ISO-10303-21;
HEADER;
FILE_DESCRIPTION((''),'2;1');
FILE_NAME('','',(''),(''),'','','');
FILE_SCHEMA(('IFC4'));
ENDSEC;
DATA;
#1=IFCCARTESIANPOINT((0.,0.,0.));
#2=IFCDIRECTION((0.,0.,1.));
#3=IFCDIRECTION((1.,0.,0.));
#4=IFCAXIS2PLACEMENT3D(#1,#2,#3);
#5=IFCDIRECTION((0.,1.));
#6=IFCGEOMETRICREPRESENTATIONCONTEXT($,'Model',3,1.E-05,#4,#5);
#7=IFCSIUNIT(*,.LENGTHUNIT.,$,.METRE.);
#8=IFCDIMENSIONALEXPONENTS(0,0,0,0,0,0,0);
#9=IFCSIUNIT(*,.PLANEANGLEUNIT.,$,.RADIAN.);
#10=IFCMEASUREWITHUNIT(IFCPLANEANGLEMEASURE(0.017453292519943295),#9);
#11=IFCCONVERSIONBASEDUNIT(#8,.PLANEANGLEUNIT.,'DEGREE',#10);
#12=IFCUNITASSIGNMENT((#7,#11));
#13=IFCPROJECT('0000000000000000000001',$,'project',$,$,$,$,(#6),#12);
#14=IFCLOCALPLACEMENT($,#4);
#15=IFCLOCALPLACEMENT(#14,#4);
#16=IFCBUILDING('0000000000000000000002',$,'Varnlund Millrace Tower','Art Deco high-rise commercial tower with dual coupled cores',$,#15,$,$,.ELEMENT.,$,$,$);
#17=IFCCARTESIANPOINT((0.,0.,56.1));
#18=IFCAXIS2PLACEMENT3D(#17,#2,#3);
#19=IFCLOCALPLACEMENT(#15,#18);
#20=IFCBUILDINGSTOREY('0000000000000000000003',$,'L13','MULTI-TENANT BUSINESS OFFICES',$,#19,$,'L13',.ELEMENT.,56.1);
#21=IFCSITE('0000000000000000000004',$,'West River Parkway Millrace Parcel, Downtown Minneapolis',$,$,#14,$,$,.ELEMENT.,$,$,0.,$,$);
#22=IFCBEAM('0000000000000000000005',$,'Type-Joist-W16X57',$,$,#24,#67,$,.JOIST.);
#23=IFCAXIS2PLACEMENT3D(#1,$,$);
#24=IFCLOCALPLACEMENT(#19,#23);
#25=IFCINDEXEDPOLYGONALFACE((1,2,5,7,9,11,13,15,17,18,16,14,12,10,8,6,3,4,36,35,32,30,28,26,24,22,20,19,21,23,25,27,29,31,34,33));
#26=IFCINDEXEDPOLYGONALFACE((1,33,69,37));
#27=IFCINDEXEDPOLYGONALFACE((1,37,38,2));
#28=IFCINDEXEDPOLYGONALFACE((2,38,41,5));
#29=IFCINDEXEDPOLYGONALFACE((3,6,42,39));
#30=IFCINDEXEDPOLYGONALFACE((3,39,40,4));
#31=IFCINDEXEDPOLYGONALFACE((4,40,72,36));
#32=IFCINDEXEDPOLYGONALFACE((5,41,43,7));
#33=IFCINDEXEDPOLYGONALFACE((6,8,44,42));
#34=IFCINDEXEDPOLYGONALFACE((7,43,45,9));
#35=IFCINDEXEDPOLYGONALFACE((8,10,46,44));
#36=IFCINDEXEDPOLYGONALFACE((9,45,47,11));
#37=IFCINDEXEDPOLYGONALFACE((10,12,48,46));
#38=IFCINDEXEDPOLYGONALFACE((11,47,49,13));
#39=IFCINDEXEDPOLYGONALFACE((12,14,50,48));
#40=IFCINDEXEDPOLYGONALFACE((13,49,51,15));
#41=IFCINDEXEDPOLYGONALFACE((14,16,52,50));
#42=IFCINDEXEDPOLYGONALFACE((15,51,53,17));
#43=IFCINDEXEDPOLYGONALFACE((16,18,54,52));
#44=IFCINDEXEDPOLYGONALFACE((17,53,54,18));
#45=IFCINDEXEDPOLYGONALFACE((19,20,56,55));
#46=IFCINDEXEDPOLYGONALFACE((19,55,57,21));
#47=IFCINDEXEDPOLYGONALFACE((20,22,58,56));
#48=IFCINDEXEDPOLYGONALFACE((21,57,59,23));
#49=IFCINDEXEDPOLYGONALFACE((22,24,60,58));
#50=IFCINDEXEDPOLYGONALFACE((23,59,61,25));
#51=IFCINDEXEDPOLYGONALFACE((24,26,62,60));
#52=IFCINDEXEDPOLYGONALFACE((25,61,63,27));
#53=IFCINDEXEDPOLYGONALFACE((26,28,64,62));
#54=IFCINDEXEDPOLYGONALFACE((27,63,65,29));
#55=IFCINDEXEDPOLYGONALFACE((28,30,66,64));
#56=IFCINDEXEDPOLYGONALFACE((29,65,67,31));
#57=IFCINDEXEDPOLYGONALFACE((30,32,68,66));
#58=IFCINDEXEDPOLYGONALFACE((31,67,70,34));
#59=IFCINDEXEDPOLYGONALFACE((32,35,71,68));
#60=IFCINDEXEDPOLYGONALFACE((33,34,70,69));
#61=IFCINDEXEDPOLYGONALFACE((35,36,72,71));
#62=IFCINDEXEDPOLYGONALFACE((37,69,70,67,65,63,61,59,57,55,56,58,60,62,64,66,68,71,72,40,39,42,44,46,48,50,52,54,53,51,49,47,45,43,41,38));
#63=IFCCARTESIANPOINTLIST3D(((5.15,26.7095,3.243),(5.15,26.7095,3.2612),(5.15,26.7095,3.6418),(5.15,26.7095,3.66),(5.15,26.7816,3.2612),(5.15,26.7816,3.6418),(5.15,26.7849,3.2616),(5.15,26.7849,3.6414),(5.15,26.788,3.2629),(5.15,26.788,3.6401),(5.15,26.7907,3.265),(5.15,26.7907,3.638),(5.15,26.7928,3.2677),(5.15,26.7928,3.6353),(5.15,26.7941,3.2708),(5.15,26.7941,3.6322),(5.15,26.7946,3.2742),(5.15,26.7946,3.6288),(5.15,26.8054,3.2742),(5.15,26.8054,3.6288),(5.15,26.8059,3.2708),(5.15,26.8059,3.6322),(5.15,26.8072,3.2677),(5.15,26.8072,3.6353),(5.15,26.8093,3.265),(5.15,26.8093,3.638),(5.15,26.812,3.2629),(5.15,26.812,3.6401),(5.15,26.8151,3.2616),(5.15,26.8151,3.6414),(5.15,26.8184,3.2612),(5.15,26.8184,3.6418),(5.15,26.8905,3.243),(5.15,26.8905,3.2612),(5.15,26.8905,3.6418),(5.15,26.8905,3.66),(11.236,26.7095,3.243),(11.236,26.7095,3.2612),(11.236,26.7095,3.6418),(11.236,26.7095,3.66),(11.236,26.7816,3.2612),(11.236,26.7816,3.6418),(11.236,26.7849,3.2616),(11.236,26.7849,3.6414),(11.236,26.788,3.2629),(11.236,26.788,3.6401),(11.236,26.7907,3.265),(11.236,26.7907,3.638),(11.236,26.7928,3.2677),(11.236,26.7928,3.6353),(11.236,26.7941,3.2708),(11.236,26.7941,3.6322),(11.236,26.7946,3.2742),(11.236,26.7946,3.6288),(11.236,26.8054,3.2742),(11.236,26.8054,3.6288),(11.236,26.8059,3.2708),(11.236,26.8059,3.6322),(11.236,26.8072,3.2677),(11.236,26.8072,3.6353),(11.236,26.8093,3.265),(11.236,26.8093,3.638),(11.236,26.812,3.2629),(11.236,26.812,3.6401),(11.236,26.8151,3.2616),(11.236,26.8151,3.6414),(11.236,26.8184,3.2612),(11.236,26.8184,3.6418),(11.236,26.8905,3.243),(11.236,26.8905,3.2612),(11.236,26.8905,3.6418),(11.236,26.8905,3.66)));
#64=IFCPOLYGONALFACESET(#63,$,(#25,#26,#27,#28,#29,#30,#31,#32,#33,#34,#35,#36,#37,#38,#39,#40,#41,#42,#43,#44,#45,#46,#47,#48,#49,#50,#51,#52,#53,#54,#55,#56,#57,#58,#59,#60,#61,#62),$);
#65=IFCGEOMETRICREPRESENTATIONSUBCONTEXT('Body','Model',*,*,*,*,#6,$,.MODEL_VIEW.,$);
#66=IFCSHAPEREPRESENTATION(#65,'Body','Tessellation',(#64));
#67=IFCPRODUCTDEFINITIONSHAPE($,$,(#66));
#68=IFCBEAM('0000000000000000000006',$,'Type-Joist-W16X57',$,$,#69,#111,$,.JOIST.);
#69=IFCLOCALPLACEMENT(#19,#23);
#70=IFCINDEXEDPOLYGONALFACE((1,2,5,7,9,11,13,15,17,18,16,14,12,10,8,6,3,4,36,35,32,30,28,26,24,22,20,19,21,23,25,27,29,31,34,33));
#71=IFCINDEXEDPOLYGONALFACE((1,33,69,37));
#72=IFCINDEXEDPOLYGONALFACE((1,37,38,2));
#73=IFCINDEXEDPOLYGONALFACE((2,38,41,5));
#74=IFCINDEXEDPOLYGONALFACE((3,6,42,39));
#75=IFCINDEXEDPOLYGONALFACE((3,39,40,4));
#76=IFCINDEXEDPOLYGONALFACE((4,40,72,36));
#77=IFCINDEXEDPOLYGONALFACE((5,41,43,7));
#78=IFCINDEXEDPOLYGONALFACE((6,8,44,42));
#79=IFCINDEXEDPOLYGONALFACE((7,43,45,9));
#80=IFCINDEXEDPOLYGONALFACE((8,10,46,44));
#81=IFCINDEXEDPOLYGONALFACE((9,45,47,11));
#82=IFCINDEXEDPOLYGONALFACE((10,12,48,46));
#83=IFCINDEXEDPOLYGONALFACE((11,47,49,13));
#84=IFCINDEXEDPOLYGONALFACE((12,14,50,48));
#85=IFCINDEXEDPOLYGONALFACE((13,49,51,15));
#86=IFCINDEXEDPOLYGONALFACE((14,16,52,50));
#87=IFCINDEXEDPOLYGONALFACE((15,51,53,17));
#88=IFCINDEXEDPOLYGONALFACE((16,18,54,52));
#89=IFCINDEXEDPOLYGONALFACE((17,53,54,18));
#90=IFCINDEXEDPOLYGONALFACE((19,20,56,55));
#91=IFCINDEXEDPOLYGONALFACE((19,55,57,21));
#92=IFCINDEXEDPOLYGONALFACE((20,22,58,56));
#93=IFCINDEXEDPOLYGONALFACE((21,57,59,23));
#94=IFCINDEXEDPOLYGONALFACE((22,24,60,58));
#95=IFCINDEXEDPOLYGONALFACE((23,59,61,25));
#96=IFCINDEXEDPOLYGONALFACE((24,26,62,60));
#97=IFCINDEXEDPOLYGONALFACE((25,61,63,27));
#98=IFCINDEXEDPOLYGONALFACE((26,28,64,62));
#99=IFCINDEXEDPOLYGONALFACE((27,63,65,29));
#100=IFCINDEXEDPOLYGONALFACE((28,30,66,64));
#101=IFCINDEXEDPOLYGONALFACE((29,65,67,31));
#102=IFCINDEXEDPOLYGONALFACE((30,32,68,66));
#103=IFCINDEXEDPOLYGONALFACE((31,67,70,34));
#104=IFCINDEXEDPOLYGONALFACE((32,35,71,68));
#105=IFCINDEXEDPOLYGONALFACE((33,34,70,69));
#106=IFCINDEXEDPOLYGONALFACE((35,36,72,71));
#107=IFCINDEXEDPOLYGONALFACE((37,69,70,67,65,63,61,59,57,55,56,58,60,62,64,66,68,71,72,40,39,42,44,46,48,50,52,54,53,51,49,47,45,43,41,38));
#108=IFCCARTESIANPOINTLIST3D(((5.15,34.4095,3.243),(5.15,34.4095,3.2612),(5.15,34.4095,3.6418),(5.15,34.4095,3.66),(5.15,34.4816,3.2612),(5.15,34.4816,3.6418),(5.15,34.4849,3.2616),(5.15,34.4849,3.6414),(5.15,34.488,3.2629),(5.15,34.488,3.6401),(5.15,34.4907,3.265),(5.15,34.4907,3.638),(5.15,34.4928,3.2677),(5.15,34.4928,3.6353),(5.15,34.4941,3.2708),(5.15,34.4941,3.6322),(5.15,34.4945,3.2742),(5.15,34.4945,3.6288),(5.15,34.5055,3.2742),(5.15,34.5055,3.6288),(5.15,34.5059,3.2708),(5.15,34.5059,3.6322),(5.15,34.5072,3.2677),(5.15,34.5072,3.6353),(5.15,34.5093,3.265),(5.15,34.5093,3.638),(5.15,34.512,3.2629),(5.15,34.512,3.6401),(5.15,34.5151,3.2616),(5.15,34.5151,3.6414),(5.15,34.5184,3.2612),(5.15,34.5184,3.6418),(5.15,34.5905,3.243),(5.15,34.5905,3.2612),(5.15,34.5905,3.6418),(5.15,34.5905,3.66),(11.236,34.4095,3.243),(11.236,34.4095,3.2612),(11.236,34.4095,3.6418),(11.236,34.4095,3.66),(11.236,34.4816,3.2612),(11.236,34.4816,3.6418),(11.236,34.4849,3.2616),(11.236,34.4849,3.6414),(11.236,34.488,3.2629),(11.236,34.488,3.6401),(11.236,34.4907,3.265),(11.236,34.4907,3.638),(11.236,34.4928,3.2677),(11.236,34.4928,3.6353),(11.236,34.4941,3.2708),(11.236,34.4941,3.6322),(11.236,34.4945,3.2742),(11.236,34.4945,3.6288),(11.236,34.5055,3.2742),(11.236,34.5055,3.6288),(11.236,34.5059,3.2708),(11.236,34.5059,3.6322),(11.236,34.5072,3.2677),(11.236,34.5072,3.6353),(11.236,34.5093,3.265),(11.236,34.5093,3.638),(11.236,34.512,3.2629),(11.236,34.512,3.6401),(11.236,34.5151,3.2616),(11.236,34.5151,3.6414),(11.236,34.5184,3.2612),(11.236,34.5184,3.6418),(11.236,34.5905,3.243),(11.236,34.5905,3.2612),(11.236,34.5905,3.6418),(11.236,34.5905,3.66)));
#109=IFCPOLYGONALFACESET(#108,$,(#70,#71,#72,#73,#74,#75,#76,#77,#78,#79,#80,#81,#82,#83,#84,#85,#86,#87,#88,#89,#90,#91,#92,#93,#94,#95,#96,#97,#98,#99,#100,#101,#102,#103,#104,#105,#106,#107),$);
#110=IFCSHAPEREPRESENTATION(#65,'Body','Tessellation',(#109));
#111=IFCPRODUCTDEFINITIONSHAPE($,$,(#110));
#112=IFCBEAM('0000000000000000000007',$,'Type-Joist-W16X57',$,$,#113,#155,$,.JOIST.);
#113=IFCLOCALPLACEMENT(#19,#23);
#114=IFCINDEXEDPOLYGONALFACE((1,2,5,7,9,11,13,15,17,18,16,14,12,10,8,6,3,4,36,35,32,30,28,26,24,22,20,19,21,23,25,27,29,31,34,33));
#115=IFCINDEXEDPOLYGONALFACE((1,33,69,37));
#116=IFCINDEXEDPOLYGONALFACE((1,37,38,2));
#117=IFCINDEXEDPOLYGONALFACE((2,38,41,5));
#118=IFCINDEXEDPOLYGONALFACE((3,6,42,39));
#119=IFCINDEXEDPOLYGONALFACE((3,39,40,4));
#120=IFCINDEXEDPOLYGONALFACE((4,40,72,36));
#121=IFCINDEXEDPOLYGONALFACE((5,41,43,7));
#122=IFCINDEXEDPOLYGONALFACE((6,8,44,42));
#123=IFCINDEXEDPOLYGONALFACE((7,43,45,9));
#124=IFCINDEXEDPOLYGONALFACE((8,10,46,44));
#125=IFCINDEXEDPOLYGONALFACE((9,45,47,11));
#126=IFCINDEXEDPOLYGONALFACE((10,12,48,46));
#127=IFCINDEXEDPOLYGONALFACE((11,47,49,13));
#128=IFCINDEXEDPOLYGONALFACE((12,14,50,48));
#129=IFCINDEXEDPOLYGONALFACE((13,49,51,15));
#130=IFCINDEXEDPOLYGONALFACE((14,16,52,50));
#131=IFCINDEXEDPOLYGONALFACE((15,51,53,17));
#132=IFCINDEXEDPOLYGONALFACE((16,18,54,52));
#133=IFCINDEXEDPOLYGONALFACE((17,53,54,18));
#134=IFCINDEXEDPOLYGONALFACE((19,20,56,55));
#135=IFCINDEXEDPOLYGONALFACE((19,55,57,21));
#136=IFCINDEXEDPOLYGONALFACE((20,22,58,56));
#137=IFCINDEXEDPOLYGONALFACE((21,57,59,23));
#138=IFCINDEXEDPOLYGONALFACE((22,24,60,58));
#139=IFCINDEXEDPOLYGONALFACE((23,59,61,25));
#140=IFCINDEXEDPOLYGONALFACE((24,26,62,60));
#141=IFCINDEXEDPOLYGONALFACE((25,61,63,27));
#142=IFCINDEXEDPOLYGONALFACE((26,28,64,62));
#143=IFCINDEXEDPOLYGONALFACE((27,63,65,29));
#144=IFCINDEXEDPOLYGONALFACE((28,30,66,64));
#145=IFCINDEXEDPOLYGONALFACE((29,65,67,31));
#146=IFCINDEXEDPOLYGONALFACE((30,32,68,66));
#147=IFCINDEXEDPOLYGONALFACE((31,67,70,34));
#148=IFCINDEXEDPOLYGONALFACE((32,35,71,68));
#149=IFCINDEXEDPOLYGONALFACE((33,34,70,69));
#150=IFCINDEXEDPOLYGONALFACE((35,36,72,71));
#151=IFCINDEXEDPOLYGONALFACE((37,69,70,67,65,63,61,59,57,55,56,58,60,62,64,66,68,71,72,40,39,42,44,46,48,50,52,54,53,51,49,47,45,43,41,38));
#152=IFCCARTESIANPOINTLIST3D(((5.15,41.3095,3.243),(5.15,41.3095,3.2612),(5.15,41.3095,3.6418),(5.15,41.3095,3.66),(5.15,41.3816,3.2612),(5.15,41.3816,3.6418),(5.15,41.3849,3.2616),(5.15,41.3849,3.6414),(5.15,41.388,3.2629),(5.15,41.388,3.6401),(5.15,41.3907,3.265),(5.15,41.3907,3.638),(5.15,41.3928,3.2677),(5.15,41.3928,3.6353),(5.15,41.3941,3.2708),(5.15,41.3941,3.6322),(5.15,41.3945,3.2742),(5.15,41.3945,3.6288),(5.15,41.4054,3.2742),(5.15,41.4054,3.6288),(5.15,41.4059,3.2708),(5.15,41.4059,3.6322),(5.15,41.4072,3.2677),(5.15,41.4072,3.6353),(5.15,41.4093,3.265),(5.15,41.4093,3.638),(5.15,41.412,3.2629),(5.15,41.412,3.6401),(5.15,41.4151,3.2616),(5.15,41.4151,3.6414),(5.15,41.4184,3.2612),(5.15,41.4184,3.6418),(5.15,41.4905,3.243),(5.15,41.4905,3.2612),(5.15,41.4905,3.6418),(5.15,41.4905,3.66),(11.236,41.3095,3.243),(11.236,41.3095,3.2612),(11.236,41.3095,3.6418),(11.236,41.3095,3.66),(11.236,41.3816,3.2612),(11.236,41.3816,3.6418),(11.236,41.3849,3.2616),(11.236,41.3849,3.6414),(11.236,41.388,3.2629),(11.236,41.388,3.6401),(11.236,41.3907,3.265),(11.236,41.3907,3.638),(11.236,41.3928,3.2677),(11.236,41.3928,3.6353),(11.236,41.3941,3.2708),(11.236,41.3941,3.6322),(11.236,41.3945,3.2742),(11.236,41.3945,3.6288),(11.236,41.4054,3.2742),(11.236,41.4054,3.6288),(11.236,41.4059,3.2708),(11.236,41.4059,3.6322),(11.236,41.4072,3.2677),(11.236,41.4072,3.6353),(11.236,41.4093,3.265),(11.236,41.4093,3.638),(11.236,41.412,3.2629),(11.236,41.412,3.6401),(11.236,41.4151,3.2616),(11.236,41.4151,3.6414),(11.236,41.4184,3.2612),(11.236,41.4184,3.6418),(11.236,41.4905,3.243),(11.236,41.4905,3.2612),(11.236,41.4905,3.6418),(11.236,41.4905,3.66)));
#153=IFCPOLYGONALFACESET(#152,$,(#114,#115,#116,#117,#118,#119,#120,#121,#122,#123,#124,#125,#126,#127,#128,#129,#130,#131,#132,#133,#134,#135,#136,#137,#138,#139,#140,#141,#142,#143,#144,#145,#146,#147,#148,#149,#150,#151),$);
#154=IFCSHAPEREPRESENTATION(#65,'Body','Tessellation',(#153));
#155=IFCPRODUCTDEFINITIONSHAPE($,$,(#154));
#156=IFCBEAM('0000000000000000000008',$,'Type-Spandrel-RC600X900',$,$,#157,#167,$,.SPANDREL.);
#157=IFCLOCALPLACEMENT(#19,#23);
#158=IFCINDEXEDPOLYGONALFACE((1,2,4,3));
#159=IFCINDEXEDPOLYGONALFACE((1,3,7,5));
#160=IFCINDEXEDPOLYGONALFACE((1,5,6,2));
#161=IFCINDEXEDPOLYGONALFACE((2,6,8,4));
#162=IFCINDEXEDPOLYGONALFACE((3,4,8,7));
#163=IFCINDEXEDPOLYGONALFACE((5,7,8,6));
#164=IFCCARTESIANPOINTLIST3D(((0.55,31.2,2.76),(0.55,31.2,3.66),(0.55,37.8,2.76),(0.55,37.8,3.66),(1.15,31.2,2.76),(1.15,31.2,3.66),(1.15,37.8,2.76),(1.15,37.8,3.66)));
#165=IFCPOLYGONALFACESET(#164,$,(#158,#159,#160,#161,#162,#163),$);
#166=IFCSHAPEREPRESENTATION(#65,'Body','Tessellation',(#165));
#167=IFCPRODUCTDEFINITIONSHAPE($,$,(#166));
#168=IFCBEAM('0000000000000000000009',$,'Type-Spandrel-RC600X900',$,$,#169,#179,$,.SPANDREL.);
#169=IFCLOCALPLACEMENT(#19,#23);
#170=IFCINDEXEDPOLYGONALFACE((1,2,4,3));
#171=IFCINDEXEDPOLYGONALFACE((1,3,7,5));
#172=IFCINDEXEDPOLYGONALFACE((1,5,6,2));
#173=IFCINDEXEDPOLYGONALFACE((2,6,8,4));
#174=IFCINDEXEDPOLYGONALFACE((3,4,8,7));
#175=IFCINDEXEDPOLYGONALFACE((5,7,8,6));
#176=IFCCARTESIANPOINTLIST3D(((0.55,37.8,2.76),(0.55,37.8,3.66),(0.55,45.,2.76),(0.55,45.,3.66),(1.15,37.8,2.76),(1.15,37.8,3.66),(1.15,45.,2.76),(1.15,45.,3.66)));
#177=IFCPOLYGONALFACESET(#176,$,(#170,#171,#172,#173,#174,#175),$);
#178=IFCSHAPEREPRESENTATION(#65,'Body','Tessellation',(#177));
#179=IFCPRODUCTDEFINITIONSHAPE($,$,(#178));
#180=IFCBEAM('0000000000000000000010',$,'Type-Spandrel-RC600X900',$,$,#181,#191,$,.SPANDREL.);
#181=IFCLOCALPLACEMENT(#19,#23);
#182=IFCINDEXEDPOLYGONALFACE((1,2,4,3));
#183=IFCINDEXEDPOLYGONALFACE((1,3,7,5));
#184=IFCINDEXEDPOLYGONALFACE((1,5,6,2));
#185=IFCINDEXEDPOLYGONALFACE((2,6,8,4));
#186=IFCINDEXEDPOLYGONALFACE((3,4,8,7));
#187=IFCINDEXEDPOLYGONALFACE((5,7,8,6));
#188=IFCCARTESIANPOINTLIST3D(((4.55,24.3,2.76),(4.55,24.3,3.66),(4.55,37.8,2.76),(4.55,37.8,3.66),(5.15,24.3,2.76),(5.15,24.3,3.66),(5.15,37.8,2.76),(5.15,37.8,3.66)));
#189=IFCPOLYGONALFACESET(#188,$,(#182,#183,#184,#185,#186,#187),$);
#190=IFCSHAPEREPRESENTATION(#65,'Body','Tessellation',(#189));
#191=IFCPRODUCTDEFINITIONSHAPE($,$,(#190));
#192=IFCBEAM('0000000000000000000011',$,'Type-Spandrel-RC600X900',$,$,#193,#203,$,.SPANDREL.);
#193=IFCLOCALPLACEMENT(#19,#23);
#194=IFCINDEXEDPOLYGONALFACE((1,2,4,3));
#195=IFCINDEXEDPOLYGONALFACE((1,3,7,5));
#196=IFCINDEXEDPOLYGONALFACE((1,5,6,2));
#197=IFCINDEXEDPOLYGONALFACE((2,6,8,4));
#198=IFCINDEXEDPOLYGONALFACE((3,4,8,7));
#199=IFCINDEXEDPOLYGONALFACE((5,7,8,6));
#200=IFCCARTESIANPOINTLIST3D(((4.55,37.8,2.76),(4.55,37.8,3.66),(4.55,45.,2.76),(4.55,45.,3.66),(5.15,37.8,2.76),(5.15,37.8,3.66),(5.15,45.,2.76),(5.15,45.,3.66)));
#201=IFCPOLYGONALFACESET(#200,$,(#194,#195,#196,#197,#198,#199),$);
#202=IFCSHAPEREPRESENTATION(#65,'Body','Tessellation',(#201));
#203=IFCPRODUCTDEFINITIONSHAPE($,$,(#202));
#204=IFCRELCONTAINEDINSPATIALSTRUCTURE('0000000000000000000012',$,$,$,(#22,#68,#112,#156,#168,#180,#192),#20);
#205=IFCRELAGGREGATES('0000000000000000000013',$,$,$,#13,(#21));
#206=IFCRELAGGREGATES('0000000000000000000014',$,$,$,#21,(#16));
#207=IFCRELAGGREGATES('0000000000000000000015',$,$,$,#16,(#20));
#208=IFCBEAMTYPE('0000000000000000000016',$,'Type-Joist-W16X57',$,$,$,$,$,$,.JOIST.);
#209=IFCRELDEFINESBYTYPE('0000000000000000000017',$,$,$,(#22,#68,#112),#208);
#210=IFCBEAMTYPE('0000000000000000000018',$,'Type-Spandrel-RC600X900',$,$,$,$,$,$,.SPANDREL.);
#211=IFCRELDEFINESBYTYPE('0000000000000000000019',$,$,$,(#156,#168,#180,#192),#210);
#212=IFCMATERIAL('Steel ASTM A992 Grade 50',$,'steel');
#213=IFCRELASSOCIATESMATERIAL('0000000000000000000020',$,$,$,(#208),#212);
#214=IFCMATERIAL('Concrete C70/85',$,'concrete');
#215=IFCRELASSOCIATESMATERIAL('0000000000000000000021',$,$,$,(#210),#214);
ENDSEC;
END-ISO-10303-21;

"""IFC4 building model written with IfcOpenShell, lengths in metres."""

from ifc_helpers import new_model, entity, si_unit, converted_unit, direction, frame, origin_with_axes, origin_2d_with_axis, place, context, subcontext, project, spatial, rectangle, i_section, extrude, material, material_profile, profile_set, type_object, element, save


model = new_model("IFC4")

# Units and contexts
model_context = context("Model", 3, precision=1e-05, world=origin_with_axes(), true_north=direction((0.0, 1.0)))
body_context = subcontext(model_context, "Body", "Model", "MODEL_VIEW")
ifc_project = project(units=[si_unit("LENGTHUNIT", "METRE"), converted_unit("PLANEANGLEUNIT", "DEGREE", entity("IfcPlaneAngleMeasure", 0.017453292519943295), si_unit("PLANEANGLEUNIT", "RADIAN"), dimensions=[0, 0, 0, 0, 0, 0, 0])], contexts=[model_context])

# Site, building, storey
site_placement = place(None, origin_with_axes())
site = spatial("IfcSite", under=ifc_project, at=site_placement, Name="West River Parkway Millrace Parcel, Downtown Minneapolis", CompositionType="ELEMENT", RefElevation=0.0)
building_placement = place(site_placement, origin_with_axes())
building = spatial("IfcBuilding", under=site, at=building_placement, Name="Varnlund Millrace Tower", Description="Art Deco high-rise commercial tower with dual coupled cores", CompositionType="ELEMENT")
storey_placement = place(building_placement, frame((0.0, 0.0, 56.1), z_axis=(0.0, 0.0, 1.0), x_axis=(1.0, 0.0, 0.0)))
storey = spatial("IfcBuildingStorey", under=building, at=storey_placement, Name="L13", Description="MULTI-TENANT BUSINESS OFFICES", LongName="L13", CompositionType="ELEMENT", Elevation=56.1)

# Beams
ifc_material_1 = material(Name="Steel ASTM A992 Grade 50", Category="steel")
ifc_material_profile_1 = material_profile(ifc_material_1, i_section(OverallWidth=0.181, OverallDepth=0.417, WebThickness=0.0109, FlangeThickness=0.0182, FilletRadius=0.013, at=origin_2d_with_axis()), Name="Steel ASTM A992 Grade 50")
ifc_profile_set_1 = profile_set([ifc_material_profile_1], Name="Steel ASTM A992 Grade 50")
beam_type_1 = type_object("IfcBeamType", Name="Type-Joist-W16X57", PredefinedType="JOIST", material=ifc_profile_set_1)
for number, where, z_axis, x_axis, name in (
    (1, (5.15, 26.8, 3.4515), (1.0, 0.0, 0.0), (0.0, 1.0, 0.0), "Type-Joist-W16X57"),
    (2, (5.15, 34.5, 3.4515), (1.0, 0.0, 0.0), (0.0, 1.0, 0.0), "Type-Joist-W16X57"),
    (3, (5.15, 41.4, 3.4515), (1.0, 0.0, 0.0), (0.0, 1.0, 0.0), "Type-Joist-W16X57"),
):
    element("IfcBeam", number, at=place(storey_placement, frame(where, z_axis=z_axis, x_axis=x_axis)), inside=storey, type_object=beam_type_1, Name=name, PredefinedType="JOIST", context=body_context, shape_type="SweptSolid", body=[
        extrude(i_section(OverallWidth=0.181, OverallDepth=0.417, WebThickness=0.0109, FlangeThickness=0.0182, FilletRadius=0.013, at=origin_2d_with_axis()), origin_with_axes(), (0.0, 0.0, 1.0), 6.086),
    ])
ifc_material_2 = material(Name="Concrete C70/85", Category="concrete")
ifc_material_profile_2 = material_profile(ifc_material_2, rectangle(XDim=0.6, YDim=0.9, at=origin_2d_with_axis()), Name="Concrete C70/85")
ifc_profile_set_2 = profile_set([ifc_material_profile_2], Name="Concrete C70/85")
beam_type_2 = type_object("IfcBeamType", Name="Type-Spandrel-RC600X900", PredefinedType="SPANDREL", material=ifc_profile_set_2)
beam_1_placement = place(storey_placement, frame((0.85, 31.2, 3.21), z_axis=(0.0, 1.0, 0.0), x_axis=(-1.0, 0.0, 0.0)))
element("IfcBeam", 4, at=beam_1_placement, inside=storey, type_object=beam_type_2, Name="Type-Spandrel-RC600X900", PredefinedType="SPANDREL", context=body_context, shape_type="SweptSolid", body=[
    extrude(rectangle(XDim=0.6, YDim=0.9, at=origin_2d_with_axis()), origin_with_axes(), (0.0, 0.0, 1.0), 6.6),
])
beam_2_placement = place(storey_placement, frame((0.85, 37.8, 3.21), z_axis=(0.0, 1.0, 0.0), x_axis=(-1.0, 0.0, 0.0)))
element("IfcBeam", 5, at=beam_2_placement, inside=storey, type_object=beam_type_2, Name="Type-Spandrel-RC600X900", PredefinedType="SPANDREL", context=body_context, shape_type="SweptSolid", body=[
    extrude(rectangle(XDim=0.6, YDim=0.9, at=origin_2d_with_axis()), origin_with_axes(), (0.0, 0.0, 1.0), 7.2),
])
beam_3_placement = place(storey_placement, frame((4.85, 24.3, 3.21), z_axis=(0.0, 1.0, 0.0), x_axis=(-1.0, 0.0, 0.0)))
element("IfcBeam", 6, at=beam_3_placement, inside=storey, type_object=beam_type_2, Name="Type-Spandrel-RC600X900", PredefinedType="SPANDREL", context=body_context, shape_type="SweptSolid", body=[
    extrude(rectangle(XDim=0.6, YDim=0.9, at=origin_2d_with_axis()), origin_with_axes(), (0.0, 0.0, 1.0), 13.5),
])
beam_4_placement = place(storey_placement, frame((4.85, 37.8, 3.21), z_axis=(0.0, 1.0, 0.0), x_axis=(-1.0, 0.0, 0.0)))
element("IfcBeam", 7, at=beam_4_placement, inside=storey, type_object=beam_type_2, Name="Type-Spandrel-RC600X900", PredefinedType="SPANDREL", context=body_context, shape_type="SweptSolid", body=[
    extrude(rectangle(XDim=0.6, YDim=0.9, at=origin_2d_with_axis()), origin_with_axes(), (0.0, 0.0, 1.0), 7.2),
])

save(model, "model.ifc")
